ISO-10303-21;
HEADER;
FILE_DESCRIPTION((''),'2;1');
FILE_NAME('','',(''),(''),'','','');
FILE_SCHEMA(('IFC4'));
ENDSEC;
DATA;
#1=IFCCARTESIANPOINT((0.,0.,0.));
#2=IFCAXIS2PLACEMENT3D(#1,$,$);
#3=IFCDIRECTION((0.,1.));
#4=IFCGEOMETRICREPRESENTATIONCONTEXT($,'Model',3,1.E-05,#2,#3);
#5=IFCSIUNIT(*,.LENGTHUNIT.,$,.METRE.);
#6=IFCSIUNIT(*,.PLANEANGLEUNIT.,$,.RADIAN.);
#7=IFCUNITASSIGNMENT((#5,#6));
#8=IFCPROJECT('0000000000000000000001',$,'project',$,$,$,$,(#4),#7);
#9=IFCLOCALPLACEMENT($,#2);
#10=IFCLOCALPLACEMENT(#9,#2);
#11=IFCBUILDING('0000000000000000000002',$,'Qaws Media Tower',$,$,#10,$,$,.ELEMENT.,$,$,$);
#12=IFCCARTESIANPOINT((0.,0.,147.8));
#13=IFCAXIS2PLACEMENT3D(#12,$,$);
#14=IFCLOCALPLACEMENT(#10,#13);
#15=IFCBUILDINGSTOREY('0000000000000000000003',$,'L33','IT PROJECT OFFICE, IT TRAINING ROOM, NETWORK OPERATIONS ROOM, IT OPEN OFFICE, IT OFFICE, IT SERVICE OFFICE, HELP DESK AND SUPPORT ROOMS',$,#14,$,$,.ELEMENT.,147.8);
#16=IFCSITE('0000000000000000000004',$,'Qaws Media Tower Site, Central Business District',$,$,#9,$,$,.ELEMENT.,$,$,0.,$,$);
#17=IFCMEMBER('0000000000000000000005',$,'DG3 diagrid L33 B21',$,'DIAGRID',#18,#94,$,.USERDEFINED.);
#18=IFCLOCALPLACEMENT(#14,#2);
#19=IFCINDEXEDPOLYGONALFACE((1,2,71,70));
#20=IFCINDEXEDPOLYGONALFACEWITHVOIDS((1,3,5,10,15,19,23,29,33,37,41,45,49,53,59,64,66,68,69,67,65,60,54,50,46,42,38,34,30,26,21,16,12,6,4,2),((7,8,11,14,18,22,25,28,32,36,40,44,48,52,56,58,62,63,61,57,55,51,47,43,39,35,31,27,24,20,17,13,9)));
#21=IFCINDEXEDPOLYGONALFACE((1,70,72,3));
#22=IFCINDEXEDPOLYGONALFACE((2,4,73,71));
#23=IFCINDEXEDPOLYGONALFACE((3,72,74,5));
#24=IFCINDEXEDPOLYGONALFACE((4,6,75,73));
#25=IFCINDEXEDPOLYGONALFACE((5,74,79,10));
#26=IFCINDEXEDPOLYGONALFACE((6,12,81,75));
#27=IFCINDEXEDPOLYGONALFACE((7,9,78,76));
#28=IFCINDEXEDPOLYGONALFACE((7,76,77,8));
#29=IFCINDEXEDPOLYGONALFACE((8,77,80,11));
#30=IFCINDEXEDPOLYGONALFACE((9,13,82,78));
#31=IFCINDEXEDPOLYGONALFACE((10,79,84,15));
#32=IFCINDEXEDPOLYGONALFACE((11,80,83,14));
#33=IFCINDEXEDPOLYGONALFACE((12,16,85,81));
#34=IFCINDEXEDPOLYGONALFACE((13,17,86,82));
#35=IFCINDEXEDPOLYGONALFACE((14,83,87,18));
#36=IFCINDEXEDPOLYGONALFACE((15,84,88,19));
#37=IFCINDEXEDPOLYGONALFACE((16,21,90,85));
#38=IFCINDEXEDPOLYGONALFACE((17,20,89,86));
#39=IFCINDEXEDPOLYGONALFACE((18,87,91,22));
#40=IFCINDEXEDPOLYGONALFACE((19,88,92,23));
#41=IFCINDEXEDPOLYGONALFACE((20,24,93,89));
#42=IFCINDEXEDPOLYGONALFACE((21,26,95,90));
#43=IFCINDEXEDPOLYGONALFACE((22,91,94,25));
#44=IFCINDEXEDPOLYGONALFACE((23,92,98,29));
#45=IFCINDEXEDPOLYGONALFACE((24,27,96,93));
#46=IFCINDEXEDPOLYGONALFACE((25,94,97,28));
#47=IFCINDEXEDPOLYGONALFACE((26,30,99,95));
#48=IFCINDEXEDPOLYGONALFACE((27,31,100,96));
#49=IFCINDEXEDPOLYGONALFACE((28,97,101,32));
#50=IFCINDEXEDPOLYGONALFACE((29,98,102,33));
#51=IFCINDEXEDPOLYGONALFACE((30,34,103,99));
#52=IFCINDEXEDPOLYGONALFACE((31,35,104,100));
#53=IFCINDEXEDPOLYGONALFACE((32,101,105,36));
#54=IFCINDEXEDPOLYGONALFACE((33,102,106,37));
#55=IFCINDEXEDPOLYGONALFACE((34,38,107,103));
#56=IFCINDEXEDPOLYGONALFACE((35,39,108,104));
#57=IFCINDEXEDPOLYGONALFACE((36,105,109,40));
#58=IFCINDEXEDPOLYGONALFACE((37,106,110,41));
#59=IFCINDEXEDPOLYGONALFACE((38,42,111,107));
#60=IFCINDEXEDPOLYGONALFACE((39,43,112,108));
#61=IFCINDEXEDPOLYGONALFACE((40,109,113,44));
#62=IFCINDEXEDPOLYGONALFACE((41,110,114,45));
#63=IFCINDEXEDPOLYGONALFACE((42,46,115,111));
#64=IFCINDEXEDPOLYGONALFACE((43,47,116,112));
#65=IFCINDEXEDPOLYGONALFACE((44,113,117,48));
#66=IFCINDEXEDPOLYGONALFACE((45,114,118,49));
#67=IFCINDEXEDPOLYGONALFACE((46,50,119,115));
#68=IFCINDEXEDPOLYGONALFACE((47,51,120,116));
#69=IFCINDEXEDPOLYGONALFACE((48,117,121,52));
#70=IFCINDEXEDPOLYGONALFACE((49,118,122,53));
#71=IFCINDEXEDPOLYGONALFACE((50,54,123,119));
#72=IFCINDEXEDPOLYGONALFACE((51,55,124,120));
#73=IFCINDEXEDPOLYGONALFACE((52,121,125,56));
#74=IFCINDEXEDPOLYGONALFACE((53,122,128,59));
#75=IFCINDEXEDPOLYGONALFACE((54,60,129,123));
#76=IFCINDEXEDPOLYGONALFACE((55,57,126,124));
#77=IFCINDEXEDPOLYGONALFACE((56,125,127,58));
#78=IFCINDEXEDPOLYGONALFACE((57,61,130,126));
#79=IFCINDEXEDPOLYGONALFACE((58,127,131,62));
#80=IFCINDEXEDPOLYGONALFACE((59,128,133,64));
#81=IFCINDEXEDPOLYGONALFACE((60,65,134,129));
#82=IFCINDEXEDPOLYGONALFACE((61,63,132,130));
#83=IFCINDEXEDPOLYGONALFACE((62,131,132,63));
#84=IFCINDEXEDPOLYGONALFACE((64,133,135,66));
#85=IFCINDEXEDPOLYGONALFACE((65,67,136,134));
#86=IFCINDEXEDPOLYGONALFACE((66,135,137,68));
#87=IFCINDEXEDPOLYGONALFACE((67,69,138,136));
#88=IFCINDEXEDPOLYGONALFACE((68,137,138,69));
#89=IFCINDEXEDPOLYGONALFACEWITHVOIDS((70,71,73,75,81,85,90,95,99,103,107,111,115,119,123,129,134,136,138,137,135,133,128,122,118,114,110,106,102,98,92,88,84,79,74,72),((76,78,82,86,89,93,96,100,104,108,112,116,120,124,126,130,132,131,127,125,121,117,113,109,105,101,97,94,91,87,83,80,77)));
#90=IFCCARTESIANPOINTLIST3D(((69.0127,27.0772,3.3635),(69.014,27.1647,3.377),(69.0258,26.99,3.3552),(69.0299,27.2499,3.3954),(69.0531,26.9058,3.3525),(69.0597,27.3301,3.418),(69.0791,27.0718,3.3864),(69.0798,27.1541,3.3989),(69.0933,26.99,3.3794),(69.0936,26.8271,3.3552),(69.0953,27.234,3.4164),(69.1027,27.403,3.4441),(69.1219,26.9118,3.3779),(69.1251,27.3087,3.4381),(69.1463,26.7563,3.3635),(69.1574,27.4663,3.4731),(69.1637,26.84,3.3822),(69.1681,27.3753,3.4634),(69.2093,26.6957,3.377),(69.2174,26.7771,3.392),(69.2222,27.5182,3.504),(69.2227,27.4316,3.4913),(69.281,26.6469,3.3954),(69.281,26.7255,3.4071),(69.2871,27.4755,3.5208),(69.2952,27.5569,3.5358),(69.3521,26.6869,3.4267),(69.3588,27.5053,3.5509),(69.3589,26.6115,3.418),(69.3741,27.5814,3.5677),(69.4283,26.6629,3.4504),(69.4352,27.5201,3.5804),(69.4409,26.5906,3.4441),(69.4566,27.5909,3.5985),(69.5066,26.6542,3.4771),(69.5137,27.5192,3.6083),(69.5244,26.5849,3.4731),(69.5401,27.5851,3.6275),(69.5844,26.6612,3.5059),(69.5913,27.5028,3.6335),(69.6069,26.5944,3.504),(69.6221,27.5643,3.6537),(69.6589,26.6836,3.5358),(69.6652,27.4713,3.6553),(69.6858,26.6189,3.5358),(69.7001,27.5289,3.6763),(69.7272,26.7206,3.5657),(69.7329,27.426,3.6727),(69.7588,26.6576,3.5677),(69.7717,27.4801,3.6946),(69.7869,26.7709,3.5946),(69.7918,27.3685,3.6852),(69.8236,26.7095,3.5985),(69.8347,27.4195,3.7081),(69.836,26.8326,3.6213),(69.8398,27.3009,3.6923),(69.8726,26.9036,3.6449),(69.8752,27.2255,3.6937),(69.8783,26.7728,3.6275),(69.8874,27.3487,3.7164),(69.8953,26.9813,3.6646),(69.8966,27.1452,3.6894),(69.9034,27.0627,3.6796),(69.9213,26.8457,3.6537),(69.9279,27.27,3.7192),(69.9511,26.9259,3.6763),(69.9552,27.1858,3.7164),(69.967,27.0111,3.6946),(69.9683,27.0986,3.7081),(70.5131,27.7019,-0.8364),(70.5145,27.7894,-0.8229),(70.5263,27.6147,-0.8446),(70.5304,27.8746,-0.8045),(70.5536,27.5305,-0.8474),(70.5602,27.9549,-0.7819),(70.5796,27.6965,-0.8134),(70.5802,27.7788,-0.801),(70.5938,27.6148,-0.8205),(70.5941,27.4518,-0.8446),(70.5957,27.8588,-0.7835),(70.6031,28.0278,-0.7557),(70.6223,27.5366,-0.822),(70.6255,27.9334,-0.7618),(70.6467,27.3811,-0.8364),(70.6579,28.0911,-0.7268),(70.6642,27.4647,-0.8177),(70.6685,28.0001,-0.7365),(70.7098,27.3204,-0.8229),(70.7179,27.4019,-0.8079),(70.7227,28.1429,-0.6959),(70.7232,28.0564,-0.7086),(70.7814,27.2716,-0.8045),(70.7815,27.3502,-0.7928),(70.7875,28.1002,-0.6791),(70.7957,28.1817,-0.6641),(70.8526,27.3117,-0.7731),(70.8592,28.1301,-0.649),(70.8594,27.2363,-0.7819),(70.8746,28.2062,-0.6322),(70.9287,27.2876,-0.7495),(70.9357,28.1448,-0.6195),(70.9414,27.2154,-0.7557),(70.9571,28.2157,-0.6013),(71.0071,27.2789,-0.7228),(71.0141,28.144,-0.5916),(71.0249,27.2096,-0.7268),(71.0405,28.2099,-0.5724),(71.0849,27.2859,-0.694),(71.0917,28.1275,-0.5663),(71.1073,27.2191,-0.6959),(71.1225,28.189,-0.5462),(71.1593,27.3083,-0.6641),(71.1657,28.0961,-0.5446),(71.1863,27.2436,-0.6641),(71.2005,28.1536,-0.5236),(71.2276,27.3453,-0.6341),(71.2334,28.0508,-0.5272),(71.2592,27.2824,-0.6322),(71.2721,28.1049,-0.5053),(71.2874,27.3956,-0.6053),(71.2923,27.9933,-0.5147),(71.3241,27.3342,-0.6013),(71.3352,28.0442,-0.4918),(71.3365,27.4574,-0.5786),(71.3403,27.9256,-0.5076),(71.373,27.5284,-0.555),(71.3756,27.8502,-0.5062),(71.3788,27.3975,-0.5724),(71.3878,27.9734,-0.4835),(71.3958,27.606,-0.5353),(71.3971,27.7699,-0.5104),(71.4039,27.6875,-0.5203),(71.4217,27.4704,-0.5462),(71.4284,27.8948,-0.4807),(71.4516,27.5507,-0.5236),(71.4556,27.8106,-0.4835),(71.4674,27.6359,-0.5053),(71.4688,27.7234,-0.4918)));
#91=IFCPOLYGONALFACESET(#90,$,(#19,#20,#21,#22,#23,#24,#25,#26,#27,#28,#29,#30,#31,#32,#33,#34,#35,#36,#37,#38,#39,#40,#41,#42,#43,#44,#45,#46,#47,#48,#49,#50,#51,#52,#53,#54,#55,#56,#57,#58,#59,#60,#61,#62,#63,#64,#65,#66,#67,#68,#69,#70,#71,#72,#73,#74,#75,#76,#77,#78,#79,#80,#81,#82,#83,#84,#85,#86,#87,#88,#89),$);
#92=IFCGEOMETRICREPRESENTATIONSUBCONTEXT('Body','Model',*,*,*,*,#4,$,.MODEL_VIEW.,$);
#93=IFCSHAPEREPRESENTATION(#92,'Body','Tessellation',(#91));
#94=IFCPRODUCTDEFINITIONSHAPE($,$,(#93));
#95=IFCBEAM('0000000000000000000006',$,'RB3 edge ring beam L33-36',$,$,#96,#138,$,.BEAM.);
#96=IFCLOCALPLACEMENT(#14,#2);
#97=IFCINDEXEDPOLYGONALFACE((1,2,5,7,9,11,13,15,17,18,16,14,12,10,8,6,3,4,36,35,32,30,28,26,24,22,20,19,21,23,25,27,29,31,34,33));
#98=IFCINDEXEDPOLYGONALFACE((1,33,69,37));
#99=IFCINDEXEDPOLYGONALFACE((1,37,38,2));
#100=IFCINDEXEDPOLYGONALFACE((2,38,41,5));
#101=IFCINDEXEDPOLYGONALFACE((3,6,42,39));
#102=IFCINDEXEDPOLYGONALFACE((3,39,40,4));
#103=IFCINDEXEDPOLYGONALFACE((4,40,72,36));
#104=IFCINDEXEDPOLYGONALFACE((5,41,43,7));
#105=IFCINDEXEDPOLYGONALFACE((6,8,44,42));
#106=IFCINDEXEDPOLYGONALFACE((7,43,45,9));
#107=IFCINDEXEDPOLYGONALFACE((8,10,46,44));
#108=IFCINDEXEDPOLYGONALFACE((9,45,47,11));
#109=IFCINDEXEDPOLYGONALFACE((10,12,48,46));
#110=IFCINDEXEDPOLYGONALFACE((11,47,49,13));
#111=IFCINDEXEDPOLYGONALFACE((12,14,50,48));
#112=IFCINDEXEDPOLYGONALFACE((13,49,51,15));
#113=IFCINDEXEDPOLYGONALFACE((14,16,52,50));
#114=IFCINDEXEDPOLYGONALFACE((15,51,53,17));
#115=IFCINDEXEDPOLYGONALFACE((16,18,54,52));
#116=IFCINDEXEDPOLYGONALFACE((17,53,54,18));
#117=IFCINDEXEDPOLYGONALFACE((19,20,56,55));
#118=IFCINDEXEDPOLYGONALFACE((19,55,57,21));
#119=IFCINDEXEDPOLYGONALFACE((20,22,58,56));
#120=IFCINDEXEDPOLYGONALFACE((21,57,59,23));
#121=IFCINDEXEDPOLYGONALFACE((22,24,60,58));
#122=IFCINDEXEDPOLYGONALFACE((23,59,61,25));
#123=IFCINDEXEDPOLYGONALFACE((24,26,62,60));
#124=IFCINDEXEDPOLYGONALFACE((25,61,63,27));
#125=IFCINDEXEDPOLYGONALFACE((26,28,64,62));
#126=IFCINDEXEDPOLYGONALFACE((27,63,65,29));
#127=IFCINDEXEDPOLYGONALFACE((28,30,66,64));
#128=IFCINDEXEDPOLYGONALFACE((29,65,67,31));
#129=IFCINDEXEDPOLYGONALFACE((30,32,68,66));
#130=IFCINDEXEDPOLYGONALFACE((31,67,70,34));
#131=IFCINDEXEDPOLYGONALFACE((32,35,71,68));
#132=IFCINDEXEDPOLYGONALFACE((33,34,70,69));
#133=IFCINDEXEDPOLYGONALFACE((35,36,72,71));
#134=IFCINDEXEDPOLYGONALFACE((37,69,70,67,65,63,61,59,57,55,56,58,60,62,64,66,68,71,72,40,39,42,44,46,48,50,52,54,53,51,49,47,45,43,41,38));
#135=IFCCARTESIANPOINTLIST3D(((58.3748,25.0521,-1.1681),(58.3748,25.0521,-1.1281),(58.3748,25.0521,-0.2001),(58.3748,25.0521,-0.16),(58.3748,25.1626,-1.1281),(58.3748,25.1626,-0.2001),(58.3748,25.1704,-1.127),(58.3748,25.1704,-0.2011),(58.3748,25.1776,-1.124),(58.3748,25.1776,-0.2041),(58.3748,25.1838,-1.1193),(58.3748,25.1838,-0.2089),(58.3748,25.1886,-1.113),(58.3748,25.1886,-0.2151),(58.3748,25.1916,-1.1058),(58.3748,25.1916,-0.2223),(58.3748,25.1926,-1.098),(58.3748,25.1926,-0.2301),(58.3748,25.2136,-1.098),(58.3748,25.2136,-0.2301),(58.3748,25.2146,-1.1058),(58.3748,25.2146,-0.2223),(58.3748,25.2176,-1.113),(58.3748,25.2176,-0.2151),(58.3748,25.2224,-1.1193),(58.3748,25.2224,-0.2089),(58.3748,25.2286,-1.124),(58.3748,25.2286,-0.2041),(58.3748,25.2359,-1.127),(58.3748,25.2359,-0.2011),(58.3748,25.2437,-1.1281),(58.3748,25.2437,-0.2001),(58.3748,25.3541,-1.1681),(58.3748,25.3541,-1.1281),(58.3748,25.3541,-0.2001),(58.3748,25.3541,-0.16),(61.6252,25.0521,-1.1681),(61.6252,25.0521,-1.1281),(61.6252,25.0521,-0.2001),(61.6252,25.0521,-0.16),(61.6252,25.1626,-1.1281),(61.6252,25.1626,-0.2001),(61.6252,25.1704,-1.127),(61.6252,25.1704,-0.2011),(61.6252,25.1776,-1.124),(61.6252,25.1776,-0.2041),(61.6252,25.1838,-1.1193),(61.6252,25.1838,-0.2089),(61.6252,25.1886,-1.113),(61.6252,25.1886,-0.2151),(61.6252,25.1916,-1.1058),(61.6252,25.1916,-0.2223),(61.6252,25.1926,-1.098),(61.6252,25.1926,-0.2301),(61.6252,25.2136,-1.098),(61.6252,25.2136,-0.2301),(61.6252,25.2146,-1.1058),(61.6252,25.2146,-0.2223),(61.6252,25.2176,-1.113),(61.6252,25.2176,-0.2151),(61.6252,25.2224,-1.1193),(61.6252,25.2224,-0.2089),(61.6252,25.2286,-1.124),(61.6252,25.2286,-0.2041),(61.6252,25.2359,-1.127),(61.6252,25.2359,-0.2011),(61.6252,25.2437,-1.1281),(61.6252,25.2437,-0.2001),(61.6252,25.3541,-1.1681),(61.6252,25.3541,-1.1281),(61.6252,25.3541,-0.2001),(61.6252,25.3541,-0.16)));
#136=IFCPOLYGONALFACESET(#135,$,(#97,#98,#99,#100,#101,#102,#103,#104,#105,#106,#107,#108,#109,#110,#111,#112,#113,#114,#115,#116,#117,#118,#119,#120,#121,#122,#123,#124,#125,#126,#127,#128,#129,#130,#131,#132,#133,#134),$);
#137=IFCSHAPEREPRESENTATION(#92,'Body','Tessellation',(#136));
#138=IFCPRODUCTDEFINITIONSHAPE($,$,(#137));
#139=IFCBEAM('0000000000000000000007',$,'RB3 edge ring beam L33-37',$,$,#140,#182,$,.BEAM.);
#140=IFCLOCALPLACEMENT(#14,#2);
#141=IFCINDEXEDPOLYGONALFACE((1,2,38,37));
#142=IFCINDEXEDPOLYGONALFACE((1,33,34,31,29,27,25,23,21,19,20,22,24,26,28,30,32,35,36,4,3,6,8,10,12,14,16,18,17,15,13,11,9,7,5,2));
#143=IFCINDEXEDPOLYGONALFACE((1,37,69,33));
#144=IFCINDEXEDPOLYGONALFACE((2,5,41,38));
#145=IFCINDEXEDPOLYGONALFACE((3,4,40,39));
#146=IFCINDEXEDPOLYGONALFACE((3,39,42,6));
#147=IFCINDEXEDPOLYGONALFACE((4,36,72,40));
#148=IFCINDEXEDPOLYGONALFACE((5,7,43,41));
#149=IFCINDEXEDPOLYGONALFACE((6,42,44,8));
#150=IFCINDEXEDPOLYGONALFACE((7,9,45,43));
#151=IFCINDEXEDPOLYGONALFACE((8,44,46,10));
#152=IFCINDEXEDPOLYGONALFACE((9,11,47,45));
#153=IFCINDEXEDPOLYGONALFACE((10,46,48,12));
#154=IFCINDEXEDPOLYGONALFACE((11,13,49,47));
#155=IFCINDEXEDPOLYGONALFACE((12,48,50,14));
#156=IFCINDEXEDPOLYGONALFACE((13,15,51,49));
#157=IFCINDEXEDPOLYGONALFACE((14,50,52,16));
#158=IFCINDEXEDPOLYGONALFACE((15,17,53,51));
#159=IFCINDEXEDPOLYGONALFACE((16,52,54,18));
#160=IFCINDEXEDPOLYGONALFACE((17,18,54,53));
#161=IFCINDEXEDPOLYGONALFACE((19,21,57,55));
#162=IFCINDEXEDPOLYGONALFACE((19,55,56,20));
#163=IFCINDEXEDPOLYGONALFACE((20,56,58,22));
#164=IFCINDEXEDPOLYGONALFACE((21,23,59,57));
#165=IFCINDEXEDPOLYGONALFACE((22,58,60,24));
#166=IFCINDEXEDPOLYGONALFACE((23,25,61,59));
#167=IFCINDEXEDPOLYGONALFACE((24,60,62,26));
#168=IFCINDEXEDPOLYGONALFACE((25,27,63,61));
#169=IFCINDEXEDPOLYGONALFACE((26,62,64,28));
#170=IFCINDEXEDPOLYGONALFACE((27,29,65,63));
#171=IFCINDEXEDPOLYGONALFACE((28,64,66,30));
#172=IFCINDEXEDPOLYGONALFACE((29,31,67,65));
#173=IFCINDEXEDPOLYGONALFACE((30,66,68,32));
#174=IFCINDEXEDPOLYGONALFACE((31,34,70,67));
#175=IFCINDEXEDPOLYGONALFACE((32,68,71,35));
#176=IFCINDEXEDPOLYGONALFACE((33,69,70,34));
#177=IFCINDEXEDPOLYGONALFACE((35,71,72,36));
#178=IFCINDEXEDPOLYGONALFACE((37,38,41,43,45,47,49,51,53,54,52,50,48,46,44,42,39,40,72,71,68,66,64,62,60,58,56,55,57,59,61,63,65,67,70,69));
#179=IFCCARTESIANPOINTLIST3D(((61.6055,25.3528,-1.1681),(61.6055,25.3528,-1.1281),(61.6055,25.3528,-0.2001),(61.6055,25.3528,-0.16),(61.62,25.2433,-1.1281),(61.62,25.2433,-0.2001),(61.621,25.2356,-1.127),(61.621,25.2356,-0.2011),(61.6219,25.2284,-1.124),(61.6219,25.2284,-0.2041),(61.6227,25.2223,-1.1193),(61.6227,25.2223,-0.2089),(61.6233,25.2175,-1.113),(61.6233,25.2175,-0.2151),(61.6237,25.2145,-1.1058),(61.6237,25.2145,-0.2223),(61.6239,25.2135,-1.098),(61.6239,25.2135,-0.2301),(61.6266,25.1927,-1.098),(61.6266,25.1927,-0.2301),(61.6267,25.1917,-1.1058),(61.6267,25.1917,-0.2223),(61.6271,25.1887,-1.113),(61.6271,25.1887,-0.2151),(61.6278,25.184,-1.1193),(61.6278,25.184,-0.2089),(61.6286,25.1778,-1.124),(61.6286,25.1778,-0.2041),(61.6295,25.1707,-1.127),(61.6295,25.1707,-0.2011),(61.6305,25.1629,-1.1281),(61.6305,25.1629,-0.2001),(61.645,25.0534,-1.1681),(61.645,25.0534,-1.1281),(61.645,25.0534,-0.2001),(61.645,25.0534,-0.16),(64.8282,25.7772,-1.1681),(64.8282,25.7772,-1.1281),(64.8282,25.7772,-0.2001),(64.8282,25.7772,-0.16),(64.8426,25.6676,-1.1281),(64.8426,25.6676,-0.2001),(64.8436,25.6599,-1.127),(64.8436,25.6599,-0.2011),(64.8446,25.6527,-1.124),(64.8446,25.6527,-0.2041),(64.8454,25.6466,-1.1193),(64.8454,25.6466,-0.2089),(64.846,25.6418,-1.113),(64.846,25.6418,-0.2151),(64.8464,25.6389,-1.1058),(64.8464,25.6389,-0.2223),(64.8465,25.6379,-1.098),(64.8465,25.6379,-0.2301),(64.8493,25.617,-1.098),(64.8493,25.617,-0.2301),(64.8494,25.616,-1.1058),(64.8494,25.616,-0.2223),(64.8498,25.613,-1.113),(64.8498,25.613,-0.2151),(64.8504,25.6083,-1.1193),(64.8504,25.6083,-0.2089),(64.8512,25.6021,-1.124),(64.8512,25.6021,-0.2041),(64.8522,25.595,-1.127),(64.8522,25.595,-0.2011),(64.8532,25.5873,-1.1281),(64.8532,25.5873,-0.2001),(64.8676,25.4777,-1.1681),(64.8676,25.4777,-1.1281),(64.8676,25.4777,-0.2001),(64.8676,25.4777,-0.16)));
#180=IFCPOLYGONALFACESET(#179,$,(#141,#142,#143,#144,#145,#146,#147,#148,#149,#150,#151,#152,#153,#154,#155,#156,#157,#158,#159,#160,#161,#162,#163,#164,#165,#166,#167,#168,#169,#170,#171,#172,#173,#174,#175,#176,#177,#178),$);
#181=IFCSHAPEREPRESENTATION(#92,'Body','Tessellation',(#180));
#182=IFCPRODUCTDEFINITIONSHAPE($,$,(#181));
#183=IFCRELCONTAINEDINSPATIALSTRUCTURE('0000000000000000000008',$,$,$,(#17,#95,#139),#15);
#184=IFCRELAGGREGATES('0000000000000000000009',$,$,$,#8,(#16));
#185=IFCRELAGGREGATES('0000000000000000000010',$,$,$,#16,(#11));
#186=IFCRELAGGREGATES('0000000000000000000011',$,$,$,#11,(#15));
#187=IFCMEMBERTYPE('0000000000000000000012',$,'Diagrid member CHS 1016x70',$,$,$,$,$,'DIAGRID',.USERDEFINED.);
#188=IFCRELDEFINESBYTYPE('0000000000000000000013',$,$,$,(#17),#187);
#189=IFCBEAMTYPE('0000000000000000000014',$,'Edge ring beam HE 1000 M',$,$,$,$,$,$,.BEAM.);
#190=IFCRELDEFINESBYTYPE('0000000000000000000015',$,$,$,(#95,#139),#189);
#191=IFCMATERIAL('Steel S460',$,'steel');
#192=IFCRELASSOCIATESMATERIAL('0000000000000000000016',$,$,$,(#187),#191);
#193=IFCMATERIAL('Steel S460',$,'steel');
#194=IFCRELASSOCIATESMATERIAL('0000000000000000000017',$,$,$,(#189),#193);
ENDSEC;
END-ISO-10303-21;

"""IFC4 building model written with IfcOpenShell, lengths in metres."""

from ifc_helpers import new_model, si_unit, direction, frame, origin, origin_2d, place, context, subcontext, project, spatial, hollow_circle, i_section, extrude, material, material_profile, profile_set, type_object, element, save


model = new_model("IFC4")

# Units and contexts
model_context = context("Model", 3, precision=1e-05, world=origin(), true_north=direction((0.0, 1.0)))
body_context = subcontext(model_context, "Body", "Model", "MODEL_VIEW")
ifc_project = project(units=[si_unit("LENGTHUNIT", "METRE"), si_unit("PLANEANGLEUNIT", "RADIAN")], contexts=[model_context])

# Site, building, storey
site_placement = place(None, origin())
site = spatial("IfcSite", under=ifc_project, at=site_placement, Name="Qaws Media Tower Site, Central Business District", CompositionType="ELEMENT", RefElevation=0.0)
building_placement = place(site_placement, origin())
building = spatial("IfcBuilding", under=site, at=building_placement, Name="Qaws Media Tower", CompositionType="ELEMENT")
storey_placement = place(building_placement, frame((0.0, 0.0, 147.8)))
storey = spatial("IfcBuildingStorey", under=building, at=storey_placement, Name="L33", Description="IT PROJECT OFFICE, IT TRAINING ROOM, NETWORK OPERATIONS ROOM, IT OPEN OFFICE, IT OFFICE, IT SERVICE OFFICE, HELP DESK AND SUPPORT ROOMS", CompositionType="ELEMENT", Elevation=147.8)

# Member
ifc_material_1 = material(Name="Steel S460", Category="steel")
ifc_material_profile_1 = material_profile(ifc_material_1, hollow_circle(Radius=0.5081, WallThickness=0.0701, at=origin_2d()), Name="CHS 1016x70")
ifc_profile_set_1 = profile_set([ifc_material_profile_1], Name="Steel S460")
member_type_1 = type_object("IfcMemberType", Name="Diagrid member CHS 1016x70", ElementType="DIAGRID", PredefinedType="USERDEFINED", material=ifc_profile_set_1)
for number, where, z_axis, x_axis, name in (
    (1, (70.991, 27.7126, -0.6641), (-0.333184, -0.138727, 0.9326), (0.384381, -0.923175, 0.0), "DG3 diagrid L33 B21"),
):
    element("IfcMember", number, at=place(storey_placement, frame(where, z_axis=z_axis, x_axis=x_axis)), inside=storey, type_object=member_type_1, Name=name, ObjectType="DIAGRID", PredefinedType="USERDEFINED", context=body_context, shape_type="SweptSolid", body=[
        extrude(hollow_circle(Radius=0.5081, WallThickness=0.0701, at=origin_2d()), origin(), (0.0, 0.0, 1.0), 4.5034),
    ])

# Beams
ifc_material_2 = material(Name="Steel S460", Category="steel")
ifc_material_profile_2 = material_profile(ifc_material_2, i_section(OverallWidth=0.302, OverallDepth=1.0081, WebThickness=0.021, FlangeThickness=0.04, FilletRadius=0.03, at=origin_2d()), Name="HE 1000 M")
ifc_profile_set_2 = profile_set([ifc_material_profile_2], Name="Steel S460")
beam_type = type_object("IfcBeamType", Name="Edge ring beam HE 1000 M", PredefinedType="BEAM", material=ifc_profile_set_2)
for number, where, z_axis, x_axis, name in (
    (2, (58.3748, 25.2031, -0.6641), (1.0, 0.0, 0.0), (0.0, 1.0, 0.0), "RB3 edge ring beam L33-36"),
    (3, (61.6252, 25.2031, -0.6641), (0.991443, 0.13054, 0.0), (-0.13054, 0.991443, 0.0), "RB3 edge ring beam L33-37"),
):
    element("IfcBeam", number, at=place(storey_placement, frame(where, z_axis=z_axis, x_axis=x_axis)), inside=storey, type_object=beam_type, Name=name, PredefinedType="BEAM", context=body_context, shape_type="SweptSolid", body=[
        extrude(i_section(OverallWidth=0.302, OverallDepth=1.0081, WebThickness=0.021, FlangeThickness=0.04, FilletRadius=0.03, at=origin_2d()), origin(), (0.0, 0.0, 1.0), 3.2505),
    ])

save(model, "model.ifc")
